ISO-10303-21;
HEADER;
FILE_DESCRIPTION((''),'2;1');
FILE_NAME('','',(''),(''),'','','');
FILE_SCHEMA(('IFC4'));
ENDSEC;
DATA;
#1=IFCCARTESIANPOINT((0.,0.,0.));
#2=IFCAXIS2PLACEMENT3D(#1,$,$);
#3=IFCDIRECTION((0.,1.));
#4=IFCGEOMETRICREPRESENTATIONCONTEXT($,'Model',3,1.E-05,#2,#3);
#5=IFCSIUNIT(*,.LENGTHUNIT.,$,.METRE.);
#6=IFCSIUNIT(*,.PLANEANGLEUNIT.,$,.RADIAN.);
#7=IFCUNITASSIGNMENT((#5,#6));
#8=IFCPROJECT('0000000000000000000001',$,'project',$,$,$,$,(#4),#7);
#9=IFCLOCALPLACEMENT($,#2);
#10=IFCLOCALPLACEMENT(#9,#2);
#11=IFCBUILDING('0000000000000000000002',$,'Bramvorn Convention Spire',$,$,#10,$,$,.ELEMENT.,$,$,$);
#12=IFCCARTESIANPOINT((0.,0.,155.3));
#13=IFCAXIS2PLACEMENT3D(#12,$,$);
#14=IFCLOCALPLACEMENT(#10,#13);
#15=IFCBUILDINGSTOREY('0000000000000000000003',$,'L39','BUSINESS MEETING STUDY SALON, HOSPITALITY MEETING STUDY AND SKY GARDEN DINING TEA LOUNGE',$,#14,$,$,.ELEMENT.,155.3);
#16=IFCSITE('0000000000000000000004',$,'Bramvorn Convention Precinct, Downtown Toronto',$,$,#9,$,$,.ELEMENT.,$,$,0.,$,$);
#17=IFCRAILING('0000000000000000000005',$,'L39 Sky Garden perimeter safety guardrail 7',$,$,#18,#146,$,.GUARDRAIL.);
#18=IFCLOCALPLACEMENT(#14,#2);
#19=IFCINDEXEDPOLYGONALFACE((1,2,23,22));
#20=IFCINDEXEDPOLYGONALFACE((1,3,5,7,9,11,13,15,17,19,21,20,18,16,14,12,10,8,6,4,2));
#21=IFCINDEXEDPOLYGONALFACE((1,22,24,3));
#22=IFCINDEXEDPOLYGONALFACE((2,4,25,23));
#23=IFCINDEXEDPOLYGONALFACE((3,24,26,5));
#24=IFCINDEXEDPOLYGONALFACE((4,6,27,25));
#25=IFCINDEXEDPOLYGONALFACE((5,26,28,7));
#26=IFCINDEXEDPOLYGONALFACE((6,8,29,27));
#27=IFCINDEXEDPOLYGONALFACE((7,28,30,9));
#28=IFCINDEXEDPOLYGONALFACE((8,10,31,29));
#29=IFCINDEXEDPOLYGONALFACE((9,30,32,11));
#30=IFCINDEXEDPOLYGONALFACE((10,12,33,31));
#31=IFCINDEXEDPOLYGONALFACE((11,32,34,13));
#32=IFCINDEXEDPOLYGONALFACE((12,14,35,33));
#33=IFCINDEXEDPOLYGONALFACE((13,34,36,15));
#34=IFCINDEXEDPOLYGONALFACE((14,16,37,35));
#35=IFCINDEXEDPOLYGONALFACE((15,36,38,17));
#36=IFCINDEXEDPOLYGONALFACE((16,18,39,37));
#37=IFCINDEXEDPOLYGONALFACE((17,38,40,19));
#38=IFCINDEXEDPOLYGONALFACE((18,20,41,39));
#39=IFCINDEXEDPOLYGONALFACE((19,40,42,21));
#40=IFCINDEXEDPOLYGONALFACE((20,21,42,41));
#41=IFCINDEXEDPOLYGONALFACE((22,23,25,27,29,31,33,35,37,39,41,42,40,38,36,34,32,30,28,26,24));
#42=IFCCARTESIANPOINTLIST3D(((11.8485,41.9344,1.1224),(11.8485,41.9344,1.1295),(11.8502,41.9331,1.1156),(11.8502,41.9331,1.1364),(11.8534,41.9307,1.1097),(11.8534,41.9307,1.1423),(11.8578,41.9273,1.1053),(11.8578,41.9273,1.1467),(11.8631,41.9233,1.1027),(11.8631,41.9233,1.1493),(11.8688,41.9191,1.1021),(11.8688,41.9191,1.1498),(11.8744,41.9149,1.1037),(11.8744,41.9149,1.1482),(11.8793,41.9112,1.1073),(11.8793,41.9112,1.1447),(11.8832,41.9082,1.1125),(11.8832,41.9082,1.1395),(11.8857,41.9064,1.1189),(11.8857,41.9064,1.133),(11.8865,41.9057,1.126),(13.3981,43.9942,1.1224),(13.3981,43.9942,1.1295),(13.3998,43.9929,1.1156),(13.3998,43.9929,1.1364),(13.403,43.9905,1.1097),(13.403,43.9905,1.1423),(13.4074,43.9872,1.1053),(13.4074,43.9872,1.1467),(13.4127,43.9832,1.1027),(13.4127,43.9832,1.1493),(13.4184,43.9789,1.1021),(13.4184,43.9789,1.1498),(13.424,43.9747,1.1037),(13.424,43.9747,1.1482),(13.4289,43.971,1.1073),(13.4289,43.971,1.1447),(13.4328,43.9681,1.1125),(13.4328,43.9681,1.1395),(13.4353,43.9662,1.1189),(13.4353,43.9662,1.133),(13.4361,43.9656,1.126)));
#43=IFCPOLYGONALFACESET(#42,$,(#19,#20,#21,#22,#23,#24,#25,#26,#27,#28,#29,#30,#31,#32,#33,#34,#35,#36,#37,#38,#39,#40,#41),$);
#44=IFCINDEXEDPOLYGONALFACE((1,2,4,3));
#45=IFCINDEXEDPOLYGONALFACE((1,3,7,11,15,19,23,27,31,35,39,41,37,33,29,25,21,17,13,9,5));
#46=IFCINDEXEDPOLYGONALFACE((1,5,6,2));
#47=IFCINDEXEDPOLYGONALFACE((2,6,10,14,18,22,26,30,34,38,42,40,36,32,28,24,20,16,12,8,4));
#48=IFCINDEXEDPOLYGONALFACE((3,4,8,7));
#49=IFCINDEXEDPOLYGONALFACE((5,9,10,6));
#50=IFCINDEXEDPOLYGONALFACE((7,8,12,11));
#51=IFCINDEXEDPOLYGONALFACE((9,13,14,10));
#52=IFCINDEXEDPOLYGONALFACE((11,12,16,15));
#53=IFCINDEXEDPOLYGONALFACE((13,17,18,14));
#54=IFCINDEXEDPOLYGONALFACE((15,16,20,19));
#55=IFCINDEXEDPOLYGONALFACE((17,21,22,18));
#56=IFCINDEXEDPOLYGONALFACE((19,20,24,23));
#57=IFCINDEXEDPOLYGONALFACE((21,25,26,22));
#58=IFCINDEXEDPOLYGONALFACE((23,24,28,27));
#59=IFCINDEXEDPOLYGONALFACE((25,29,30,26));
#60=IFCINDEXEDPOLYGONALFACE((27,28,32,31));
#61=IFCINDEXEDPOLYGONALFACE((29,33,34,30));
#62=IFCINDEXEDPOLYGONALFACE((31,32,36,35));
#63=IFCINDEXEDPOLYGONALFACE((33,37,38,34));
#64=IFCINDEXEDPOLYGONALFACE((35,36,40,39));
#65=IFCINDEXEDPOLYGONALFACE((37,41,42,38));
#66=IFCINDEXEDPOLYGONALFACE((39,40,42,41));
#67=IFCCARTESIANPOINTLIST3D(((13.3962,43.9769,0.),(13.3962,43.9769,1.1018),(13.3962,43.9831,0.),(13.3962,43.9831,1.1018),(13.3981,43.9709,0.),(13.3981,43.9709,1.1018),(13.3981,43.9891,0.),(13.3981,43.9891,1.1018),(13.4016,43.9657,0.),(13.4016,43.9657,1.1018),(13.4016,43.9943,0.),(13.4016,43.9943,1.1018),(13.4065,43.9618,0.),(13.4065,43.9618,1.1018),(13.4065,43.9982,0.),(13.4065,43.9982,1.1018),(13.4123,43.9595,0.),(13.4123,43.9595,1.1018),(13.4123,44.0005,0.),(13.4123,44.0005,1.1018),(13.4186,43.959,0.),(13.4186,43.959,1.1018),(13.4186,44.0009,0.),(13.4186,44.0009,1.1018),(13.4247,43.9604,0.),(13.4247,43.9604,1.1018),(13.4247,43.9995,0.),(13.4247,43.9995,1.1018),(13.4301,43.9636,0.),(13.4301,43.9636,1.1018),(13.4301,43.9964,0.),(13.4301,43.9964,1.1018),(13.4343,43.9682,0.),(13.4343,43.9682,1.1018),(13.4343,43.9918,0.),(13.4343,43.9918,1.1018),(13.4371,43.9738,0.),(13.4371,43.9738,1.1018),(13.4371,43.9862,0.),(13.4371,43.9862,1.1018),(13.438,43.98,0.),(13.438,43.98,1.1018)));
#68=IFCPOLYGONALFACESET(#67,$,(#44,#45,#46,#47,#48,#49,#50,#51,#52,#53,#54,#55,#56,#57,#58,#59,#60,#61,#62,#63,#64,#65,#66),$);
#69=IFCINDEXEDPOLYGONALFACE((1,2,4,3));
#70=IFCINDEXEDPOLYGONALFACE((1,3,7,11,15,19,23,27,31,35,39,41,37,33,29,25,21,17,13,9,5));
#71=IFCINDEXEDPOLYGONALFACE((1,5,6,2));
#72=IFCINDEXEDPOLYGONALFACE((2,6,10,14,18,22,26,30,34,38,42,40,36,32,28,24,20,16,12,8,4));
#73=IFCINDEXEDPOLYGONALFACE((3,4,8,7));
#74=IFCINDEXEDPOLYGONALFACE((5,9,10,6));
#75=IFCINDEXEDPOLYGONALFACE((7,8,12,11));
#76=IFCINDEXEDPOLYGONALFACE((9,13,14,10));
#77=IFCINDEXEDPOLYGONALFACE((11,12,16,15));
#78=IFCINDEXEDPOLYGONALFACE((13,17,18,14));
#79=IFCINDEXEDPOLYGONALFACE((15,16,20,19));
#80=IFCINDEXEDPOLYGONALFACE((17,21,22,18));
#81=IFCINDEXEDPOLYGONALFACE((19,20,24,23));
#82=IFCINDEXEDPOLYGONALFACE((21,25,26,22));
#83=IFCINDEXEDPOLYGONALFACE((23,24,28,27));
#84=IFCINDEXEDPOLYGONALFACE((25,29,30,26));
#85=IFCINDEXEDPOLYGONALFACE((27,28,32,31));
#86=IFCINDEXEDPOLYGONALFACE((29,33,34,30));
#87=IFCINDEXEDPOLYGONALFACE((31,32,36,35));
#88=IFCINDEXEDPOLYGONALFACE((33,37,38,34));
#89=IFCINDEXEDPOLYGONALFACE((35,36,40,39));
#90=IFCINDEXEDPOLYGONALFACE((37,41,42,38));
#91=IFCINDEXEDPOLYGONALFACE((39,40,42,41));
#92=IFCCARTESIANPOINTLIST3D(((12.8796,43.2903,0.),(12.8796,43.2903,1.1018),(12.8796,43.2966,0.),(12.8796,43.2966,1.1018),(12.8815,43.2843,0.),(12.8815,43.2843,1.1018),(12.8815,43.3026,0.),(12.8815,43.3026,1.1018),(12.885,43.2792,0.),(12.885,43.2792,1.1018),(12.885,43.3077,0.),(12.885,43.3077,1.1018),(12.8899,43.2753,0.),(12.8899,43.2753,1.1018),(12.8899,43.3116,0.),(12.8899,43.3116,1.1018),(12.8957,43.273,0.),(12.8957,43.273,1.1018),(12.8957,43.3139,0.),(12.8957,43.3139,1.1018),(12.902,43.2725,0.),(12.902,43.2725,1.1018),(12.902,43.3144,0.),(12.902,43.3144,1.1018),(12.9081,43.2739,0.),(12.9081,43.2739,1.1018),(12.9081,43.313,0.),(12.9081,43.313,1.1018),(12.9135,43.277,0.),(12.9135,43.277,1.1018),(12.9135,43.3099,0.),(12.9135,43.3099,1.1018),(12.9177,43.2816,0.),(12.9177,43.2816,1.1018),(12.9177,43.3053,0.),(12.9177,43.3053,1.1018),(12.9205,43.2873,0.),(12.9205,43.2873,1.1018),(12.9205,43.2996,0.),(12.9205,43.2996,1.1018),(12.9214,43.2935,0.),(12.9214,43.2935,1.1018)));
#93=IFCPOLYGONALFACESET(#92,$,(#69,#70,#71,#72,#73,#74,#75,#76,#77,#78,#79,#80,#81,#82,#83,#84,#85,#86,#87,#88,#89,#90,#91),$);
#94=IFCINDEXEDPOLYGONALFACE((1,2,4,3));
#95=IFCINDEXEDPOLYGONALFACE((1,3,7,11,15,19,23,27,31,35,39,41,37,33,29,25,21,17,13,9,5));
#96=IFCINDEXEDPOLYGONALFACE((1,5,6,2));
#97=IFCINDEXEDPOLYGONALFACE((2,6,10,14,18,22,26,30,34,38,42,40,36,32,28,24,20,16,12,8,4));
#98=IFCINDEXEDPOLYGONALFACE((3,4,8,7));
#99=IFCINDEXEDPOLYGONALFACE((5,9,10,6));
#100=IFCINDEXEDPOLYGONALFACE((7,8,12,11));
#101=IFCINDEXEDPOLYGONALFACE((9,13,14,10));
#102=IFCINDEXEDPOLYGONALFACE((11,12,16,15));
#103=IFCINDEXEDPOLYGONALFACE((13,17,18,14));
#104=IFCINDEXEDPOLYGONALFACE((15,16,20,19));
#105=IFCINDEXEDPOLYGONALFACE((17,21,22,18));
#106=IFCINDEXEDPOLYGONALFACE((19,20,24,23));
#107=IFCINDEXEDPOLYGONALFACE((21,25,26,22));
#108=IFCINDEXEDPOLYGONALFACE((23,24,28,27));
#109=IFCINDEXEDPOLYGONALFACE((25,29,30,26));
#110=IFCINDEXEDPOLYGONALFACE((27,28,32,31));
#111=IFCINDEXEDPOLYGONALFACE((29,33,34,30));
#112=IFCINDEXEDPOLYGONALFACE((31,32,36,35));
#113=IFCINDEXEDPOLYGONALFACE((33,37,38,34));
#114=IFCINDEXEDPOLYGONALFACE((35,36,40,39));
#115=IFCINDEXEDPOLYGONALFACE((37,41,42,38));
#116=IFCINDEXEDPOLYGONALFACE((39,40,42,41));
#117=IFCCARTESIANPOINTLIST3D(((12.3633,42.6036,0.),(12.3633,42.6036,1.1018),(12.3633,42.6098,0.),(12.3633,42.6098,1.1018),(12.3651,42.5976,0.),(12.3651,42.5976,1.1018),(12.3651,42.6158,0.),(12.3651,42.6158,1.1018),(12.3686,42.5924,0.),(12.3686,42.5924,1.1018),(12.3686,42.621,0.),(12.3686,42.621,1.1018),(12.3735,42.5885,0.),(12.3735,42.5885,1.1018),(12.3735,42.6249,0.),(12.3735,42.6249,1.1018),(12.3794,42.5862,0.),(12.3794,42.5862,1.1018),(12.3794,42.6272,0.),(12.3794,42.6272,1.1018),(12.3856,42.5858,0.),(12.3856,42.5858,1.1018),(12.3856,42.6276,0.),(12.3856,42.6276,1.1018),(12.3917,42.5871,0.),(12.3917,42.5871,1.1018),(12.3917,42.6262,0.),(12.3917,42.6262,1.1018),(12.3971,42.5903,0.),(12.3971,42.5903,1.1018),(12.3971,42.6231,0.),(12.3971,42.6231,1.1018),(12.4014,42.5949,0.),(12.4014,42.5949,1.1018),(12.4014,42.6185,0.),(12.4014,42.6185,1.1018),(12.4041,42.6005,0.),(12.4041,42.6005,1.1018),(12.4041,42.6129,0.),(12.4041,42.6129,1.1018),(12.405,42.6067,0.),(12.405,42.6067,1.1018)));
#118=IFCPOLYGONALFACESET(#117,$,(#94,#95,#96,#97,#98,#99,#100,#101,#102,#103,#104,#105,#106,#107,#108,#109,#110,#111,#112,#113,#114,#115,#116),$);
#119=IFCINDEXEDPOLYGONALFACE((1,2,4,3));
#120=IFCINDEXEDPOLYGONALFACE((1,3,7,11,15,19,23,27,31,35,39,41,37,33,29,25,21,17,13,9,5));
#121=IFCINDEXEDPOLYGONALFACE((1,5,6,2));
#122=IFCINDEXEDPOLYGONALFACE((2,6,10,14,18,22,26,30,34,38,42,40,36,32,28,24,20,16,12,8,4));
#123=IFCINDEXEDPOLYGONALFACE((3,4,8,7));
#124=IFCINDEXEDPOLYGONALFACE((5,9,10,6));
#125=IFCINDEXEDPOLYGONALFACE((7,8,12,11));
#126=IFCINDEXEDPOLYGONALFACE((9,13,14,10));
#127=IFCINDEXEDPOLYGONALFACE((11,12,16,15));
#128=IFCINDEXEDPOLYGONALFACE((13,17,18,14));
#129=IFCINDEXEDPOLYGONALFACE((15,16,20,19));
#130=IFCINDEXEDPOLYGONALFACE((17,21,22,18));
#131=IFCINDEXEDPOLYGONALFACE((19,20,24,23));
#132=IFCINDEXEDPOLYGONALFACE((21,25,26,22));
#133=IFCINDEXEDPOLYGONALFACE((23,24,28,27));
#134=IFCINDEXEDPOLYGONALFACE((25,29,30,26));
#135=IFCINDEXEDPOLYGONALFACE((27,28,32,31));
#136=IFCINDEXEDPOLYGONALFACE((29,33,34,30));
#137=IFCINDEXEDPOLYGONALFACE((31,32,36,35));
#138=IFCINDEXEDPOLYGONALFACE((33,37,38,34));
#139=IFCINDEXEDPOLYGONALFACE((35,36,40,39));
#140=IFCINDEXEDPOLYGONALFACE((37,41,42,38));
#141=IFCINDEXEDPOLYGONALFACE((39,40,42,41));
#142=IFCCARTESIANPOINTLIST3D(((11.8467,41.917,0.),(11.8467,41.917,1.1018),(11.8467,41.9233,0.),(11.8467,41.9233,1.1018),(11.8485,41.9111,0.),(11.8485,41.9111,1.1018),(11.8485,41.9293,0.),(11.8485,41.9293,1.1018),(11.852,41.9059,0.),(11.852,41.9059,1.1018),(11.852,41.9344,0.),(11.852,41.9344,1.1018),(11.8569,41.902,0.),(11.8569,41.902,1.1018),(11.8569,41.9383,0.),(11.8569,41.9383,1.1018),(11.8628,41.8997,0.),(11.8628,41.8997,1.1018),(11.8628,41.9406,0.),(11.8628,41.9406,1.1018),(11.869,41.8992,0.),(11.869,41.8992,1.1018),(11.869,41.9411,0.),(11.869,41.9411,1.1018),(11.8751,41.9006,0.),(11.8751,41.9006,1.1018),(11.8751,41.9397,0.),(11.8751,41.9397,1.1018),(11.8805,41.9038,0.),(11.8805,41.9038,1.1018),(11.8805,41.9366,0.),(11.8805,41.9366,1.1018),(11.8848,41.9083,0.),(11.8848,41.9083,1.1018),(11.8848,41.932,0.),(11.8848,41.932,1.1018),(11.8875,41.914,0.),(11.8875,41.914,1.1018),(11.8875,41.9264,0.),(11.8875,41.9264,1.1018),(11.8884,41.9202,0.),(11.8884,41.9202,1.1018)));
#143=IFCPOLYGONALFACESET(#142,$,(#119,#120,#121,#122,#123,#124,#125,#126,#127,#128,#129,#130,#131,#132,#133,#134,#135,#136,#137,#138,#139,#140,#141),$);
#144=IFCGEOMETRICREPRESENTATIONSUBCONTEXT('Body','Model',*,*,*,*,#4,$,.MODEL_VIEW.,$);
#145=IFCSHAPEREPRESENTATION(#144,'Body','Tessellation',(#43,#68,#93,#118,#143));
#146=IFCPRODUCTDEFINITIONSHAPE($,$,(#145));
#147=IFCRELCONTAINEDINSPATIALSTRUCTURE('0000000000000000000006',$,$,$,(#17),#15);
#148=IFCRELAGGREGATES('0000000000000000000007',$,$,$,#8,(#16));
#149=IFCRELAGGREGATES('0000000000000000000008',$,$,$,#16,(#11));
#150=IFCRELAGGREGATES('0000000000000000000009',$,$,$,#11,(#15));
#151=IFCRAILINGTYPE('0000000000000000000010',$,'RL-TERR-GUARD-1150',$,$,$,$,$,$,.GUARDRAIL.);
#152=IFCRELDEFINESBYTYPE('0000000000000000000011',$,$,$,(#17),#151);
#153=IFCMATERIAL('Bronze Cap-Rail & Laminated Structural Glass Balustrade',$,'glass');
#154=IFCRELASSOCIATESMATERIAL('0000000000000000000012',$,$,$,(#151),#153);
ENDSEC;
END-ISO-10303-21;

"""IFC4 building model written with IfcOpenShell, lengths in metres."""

from ifc_helpers import new_model, si_unit, direction, frame, origin, origin_2d, place, context, subcontext, project, spatial, circle, extrude, material, type_object, element, save


model = new_model("IFC4")

# Units and contexts
model_context = context("Model", 3, precision=1e-05, world=origin(), true_north=direction((0.0, 1.0)))
body_context = subcontext(model_context, "Body", "Model", "MODEL_VIEW")
ifc_project = project(units=[si_unit("LENGTHUNIT", "METRE"), si_unit("PLANEANGLEUNIT", "RADIAN")], contexts=[model_context])

# Site, building, storey
site_placement = place(None, origin())
site = spatial("IfcSite", under=ifc_project, at=site_placement, Name="Bramvorn Convention Precinct, Downtown Toronto", CompositionType="ELEMENT", RefElevation=0.0)
building_placement = place(site_placement, origin())
building = spatial("IfcBuilding", under=site, at=building_placement, Name="Bramvorn Convention Spire", CompositionType="ELEMENT")
storey_placement = place(building_placement, frame((0.0, 0.0, 155.3)))
storey = spatial("IfcBuildingStorey", under=building, at=storey_placement, Name="L39", Description="BUSINESS MEETING STUDY SALON, HOSPITALITY MEETING STUDY AND SKY GARDEN DINING TEA LOUNGE", CompositionType="ELEMENT", Elevation=155.3)

# Railing
ifc_material_1 = material(Name="Bronze Cap-Rail & Laminated Structural Glass Balustrade", Category="glass")
railing_type = type_object("IfcRailingType", Name="RL-TERR-GUARD-1150", PredefinedType="GUARDRAIL", material=ifc_material_1)
railing_1_placement = place(storey_placement, frame((13.417, 43.98, 0.0)))
element("IfcRailing", 1, at=railing_1_placement, inside=storey, type_object=railing_type, Name="L39 Sky Garden perimeter safety guardrail 7", PredefinedType="GUARDRAIL", context=body_context, shape_type="SweptSolid", body=[
    extrude(circle(Radius=0.0239, at=origin_2d()), frame((0.0, 0.0, 1.126), z_axis=(-0.601166, -0.799124, 0.0), x_axis=(0.799124, -0.601166, 0.0)), (0.0, 0.0, 1.0), 2.5776),
    extrude(circle(Radius=0.021, at=origin_2d()), origin(), (0.0, 0.0, 1.0), 1.1018),
    extrude(circle(Radius=0.021, at=origin_2d()), frame((-0.5166, -0.6865, 0.0)), (0.0, 0.0, 1.0), 1.1018),
    extrude(circle(Radius=0.021, at=origin_2d()), frame((-1.033, -1.3733, 0.0)), (0.0, 0.0, 1.0), 1.1018),
    extrude(circle(Radius=0.021, at=origin_2d()), frame((-1.5496, -2.0598, 0.0)), (0.0, 0.0, 1.0), 1.1018),
])

save(model, "model.ifc")
